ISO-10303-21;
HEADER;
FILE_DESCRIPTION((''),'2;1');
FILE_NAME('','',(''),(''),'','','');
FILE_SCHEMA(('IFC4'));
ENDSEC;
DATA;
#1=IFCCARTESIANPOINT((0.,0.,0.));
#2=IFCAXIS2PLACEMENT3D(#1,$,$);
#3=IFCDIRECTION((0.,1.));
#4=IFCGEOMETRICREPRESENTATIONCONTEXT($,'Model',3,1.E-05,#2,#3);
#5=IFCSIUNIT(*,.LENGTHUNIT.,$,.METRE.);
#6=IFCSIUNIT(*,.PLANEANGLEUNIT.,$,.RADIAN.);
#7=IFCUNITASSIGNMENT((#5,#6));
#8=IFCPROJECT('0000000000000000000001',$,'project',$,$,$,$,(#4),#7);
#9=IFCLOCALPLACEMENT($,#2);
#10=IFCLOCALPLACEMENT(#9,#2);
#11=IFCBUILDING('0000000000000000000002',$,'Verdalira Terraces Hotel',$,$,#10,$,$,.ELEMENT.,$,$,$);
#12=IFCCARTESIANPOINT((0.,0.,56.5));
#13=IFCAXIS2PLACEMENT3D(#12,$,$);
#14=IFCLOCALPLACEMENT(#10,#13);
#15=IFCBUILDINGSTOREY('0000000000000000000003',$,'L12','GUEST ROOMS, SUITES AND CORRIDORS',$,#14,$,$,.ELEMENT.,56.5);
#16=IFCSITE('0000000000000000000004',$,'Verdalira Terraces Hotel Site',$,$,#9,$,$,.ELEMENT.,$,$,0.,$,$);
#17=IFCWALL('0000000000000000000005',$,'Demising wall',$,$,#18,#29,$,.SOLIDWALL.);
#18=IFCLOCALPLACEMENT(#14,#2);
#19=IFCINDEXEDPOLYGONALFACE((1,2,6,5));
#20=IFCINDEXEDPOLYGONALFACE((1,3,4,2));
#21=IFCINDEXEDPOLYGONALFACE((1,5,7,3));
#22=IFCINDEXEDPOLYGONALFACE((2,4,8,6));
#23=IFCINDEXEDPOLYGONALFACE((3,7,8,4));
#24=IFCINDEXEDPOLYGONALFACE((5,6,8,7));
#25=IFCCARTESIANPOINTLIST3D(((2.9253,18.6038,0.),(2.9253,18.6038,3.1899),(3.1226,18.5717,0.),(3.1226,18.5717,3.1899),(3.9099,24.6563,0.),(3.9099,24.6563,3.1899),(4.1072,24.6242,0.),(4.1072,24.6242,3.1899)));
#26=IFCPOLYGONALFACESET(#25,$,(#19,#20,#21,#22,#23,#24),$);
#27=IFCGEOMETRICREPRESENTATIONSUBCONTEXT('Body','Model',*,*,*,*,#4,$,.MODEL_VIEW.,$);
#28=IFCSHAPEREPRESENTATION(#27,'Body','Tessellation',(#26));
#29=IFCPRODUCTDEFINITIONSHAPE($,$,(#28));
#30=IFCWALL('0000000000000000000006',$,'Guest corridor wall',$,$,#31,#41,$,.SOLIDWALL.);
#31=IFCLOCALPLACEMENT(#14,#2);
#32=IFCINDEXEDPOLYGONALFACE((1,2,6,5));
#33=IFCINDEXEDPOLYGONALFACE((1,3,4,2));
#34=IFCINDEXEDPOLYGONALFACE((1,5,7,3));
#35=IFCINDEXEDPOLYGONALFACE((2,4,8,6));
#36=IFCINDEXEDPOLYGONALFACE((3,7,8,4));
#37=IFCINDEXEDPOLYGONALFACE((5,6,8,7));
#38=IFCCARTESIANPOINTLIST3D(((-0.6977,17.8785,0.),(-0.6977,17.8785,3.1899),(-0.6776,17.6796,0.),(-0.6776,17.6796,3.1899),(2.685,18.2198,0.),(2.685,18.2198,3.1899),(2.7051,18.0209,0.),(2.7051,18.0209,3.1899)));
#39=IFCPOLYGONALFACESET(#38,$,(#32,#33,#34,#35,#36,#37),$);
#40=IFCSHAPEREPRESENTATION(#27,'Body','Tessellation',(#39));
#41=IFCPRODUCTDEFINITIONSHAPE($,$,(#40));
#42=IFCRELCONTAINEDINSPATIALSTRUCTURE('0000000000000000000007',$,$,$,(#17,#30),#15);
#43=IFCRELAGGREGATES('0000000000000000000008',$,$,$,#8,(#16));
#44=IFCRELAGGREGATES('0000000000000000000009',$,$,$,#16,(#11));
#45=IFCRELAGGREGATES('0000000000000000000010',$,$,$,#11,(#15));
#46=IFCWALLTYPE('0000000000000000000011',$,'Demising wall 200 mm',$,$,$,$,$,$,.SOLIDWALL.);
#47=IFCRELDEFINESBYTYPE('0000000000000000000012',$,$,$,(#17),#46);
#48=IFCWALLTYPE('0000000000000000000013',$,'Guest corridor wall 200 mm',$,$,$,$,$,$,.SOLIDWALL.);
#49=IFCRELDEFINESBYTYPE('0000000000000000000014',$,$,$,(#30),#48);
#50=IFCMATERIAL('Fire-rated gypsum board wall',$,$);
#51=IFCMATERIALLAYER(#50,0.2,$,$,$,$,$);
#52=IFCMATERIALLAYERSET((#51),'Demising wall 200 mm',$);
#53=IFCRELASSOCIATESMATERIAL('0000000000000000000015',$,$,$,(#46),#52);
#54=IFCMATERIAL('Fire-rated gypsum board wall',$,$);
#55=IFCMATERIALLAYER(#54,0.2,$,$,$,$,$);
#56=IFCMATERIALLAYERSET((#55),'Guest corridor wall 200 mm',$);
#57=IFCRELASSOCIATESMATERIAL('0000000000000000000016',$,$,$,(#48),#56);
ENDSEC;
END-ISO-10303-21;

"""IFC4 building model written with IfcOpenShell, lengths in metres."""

from ifc_helpers import new_model, si_unit, direction, frame, frame_2d, origin, place, context, subcontext, project, spatial, rectangle, extrude, material, layer, layer_set, type_object, element, save


model = new_model("IFC4")

# Units and contexts
model_context = context("Model", 3, precision=1e-05, world=origin(), true_north=direction((0.0, 1.0)))
body_context = subcontext(model_context, "Body", "Model", "MODEL_VIEW")
ifc_project = project(units=[si_unit("LENGTHUNIT", "METRE"), si_unit("PLANEANGLEUNIT", "RADIAN")], contexts=[model_context])

# Site, building, storey
site_placement = place(None, origin())
site = spatial("IfcSite", under=ifc_project, at=site_placement, Name="Verdalira Terraces Hotel Site", CompositionType="ELEMENT", RefElevation=0.0)
building_placement = place(site_placement, origin())
building = spatial("IfcBuilding", under=site, at=building_placement, Name="Verdalira Terraces Hotel", CompositionType="ELEMENT")
storey_placement = place(building_placement, frame((0.0, 0.0, 56.5)))
storey = spatial("IfcBuildingStorey", under=building, at=storey_placement, Name="L12", Description="GUEST ROOMS, SUITES AND CORRIDORS", CompositionType="ELEMENT", Elevation=56.5)

# Walls
ifc_material_1 = material(Name="Fire-rated gypsum board wall")
ifc_layer_1 = layer(ifc_material_1, 0.2)
ifc_layer_set_1 = layer_set([ifc_layer_1], Name="Demising wall 200 mm")
wall_type_1 = type_object("IfcWallType", Name="Demising wall 200 mm", PredefinedType="SOLIDWALL", material=ifc_layer_set_1)
wall_1_placement = place(storey_placement, frame((4.0085, 24.6401, 0.0), z_axis=(0.0, 0.0, 1.0), x_axis=(-0.160569, -0.987025, 0.0)))
element("IfcWall", 1, at=wall_1_placement, inside=storey, type_object=wall_type_1, Name="Demising wall", PredefinedType="SOLIDWALL", context=body_context, shape_type="SweptSolid", body=[
    extrude(rectangle(XDim=6.1321, YDim=0.2, at=frame_2d((3.0659, 0.0))), origin(), (0.0, 0.0, 1.0), 3.1899),
])
ifc_material_2 = material(Name="Fire-rated gypsum board wall")
ifc_layer_2 = layer(ifc_material_2, 0.2)
ifc_layer_set_2 = layer_set([ifc_layer_2], Name="Guest corridor wall 200 mm")
wall_type_2 = type_object("IfcWallType", Name="Guest corridor wall 200 mm", PredefinedType="SOLIDWALL", material=ifc_layer_set_2)
wall_2_placement = place(storey_placement, frame((2.6951, 18.1204, 0.0), z_axis=(0.0, 0.0, 1.0), x_axis=(-0.994949, -0.100385, 0.0)))
element("IfcWall", 2, at=wall_2_placement, inside=storey, type_object=wall_type_2, Name="Guest corridor wall", PredefinedType="SOLIDWALL", context=body_context, shape_type="SweptSolid", body=[
    extrude(rectangle(XDim=3.3999, YDim=0.2, at=frame_2d((1.7, 0.0))), origin(), (0.0, 0.0, 1.0), 3.1899),
])

save(model, "model.ifc")
